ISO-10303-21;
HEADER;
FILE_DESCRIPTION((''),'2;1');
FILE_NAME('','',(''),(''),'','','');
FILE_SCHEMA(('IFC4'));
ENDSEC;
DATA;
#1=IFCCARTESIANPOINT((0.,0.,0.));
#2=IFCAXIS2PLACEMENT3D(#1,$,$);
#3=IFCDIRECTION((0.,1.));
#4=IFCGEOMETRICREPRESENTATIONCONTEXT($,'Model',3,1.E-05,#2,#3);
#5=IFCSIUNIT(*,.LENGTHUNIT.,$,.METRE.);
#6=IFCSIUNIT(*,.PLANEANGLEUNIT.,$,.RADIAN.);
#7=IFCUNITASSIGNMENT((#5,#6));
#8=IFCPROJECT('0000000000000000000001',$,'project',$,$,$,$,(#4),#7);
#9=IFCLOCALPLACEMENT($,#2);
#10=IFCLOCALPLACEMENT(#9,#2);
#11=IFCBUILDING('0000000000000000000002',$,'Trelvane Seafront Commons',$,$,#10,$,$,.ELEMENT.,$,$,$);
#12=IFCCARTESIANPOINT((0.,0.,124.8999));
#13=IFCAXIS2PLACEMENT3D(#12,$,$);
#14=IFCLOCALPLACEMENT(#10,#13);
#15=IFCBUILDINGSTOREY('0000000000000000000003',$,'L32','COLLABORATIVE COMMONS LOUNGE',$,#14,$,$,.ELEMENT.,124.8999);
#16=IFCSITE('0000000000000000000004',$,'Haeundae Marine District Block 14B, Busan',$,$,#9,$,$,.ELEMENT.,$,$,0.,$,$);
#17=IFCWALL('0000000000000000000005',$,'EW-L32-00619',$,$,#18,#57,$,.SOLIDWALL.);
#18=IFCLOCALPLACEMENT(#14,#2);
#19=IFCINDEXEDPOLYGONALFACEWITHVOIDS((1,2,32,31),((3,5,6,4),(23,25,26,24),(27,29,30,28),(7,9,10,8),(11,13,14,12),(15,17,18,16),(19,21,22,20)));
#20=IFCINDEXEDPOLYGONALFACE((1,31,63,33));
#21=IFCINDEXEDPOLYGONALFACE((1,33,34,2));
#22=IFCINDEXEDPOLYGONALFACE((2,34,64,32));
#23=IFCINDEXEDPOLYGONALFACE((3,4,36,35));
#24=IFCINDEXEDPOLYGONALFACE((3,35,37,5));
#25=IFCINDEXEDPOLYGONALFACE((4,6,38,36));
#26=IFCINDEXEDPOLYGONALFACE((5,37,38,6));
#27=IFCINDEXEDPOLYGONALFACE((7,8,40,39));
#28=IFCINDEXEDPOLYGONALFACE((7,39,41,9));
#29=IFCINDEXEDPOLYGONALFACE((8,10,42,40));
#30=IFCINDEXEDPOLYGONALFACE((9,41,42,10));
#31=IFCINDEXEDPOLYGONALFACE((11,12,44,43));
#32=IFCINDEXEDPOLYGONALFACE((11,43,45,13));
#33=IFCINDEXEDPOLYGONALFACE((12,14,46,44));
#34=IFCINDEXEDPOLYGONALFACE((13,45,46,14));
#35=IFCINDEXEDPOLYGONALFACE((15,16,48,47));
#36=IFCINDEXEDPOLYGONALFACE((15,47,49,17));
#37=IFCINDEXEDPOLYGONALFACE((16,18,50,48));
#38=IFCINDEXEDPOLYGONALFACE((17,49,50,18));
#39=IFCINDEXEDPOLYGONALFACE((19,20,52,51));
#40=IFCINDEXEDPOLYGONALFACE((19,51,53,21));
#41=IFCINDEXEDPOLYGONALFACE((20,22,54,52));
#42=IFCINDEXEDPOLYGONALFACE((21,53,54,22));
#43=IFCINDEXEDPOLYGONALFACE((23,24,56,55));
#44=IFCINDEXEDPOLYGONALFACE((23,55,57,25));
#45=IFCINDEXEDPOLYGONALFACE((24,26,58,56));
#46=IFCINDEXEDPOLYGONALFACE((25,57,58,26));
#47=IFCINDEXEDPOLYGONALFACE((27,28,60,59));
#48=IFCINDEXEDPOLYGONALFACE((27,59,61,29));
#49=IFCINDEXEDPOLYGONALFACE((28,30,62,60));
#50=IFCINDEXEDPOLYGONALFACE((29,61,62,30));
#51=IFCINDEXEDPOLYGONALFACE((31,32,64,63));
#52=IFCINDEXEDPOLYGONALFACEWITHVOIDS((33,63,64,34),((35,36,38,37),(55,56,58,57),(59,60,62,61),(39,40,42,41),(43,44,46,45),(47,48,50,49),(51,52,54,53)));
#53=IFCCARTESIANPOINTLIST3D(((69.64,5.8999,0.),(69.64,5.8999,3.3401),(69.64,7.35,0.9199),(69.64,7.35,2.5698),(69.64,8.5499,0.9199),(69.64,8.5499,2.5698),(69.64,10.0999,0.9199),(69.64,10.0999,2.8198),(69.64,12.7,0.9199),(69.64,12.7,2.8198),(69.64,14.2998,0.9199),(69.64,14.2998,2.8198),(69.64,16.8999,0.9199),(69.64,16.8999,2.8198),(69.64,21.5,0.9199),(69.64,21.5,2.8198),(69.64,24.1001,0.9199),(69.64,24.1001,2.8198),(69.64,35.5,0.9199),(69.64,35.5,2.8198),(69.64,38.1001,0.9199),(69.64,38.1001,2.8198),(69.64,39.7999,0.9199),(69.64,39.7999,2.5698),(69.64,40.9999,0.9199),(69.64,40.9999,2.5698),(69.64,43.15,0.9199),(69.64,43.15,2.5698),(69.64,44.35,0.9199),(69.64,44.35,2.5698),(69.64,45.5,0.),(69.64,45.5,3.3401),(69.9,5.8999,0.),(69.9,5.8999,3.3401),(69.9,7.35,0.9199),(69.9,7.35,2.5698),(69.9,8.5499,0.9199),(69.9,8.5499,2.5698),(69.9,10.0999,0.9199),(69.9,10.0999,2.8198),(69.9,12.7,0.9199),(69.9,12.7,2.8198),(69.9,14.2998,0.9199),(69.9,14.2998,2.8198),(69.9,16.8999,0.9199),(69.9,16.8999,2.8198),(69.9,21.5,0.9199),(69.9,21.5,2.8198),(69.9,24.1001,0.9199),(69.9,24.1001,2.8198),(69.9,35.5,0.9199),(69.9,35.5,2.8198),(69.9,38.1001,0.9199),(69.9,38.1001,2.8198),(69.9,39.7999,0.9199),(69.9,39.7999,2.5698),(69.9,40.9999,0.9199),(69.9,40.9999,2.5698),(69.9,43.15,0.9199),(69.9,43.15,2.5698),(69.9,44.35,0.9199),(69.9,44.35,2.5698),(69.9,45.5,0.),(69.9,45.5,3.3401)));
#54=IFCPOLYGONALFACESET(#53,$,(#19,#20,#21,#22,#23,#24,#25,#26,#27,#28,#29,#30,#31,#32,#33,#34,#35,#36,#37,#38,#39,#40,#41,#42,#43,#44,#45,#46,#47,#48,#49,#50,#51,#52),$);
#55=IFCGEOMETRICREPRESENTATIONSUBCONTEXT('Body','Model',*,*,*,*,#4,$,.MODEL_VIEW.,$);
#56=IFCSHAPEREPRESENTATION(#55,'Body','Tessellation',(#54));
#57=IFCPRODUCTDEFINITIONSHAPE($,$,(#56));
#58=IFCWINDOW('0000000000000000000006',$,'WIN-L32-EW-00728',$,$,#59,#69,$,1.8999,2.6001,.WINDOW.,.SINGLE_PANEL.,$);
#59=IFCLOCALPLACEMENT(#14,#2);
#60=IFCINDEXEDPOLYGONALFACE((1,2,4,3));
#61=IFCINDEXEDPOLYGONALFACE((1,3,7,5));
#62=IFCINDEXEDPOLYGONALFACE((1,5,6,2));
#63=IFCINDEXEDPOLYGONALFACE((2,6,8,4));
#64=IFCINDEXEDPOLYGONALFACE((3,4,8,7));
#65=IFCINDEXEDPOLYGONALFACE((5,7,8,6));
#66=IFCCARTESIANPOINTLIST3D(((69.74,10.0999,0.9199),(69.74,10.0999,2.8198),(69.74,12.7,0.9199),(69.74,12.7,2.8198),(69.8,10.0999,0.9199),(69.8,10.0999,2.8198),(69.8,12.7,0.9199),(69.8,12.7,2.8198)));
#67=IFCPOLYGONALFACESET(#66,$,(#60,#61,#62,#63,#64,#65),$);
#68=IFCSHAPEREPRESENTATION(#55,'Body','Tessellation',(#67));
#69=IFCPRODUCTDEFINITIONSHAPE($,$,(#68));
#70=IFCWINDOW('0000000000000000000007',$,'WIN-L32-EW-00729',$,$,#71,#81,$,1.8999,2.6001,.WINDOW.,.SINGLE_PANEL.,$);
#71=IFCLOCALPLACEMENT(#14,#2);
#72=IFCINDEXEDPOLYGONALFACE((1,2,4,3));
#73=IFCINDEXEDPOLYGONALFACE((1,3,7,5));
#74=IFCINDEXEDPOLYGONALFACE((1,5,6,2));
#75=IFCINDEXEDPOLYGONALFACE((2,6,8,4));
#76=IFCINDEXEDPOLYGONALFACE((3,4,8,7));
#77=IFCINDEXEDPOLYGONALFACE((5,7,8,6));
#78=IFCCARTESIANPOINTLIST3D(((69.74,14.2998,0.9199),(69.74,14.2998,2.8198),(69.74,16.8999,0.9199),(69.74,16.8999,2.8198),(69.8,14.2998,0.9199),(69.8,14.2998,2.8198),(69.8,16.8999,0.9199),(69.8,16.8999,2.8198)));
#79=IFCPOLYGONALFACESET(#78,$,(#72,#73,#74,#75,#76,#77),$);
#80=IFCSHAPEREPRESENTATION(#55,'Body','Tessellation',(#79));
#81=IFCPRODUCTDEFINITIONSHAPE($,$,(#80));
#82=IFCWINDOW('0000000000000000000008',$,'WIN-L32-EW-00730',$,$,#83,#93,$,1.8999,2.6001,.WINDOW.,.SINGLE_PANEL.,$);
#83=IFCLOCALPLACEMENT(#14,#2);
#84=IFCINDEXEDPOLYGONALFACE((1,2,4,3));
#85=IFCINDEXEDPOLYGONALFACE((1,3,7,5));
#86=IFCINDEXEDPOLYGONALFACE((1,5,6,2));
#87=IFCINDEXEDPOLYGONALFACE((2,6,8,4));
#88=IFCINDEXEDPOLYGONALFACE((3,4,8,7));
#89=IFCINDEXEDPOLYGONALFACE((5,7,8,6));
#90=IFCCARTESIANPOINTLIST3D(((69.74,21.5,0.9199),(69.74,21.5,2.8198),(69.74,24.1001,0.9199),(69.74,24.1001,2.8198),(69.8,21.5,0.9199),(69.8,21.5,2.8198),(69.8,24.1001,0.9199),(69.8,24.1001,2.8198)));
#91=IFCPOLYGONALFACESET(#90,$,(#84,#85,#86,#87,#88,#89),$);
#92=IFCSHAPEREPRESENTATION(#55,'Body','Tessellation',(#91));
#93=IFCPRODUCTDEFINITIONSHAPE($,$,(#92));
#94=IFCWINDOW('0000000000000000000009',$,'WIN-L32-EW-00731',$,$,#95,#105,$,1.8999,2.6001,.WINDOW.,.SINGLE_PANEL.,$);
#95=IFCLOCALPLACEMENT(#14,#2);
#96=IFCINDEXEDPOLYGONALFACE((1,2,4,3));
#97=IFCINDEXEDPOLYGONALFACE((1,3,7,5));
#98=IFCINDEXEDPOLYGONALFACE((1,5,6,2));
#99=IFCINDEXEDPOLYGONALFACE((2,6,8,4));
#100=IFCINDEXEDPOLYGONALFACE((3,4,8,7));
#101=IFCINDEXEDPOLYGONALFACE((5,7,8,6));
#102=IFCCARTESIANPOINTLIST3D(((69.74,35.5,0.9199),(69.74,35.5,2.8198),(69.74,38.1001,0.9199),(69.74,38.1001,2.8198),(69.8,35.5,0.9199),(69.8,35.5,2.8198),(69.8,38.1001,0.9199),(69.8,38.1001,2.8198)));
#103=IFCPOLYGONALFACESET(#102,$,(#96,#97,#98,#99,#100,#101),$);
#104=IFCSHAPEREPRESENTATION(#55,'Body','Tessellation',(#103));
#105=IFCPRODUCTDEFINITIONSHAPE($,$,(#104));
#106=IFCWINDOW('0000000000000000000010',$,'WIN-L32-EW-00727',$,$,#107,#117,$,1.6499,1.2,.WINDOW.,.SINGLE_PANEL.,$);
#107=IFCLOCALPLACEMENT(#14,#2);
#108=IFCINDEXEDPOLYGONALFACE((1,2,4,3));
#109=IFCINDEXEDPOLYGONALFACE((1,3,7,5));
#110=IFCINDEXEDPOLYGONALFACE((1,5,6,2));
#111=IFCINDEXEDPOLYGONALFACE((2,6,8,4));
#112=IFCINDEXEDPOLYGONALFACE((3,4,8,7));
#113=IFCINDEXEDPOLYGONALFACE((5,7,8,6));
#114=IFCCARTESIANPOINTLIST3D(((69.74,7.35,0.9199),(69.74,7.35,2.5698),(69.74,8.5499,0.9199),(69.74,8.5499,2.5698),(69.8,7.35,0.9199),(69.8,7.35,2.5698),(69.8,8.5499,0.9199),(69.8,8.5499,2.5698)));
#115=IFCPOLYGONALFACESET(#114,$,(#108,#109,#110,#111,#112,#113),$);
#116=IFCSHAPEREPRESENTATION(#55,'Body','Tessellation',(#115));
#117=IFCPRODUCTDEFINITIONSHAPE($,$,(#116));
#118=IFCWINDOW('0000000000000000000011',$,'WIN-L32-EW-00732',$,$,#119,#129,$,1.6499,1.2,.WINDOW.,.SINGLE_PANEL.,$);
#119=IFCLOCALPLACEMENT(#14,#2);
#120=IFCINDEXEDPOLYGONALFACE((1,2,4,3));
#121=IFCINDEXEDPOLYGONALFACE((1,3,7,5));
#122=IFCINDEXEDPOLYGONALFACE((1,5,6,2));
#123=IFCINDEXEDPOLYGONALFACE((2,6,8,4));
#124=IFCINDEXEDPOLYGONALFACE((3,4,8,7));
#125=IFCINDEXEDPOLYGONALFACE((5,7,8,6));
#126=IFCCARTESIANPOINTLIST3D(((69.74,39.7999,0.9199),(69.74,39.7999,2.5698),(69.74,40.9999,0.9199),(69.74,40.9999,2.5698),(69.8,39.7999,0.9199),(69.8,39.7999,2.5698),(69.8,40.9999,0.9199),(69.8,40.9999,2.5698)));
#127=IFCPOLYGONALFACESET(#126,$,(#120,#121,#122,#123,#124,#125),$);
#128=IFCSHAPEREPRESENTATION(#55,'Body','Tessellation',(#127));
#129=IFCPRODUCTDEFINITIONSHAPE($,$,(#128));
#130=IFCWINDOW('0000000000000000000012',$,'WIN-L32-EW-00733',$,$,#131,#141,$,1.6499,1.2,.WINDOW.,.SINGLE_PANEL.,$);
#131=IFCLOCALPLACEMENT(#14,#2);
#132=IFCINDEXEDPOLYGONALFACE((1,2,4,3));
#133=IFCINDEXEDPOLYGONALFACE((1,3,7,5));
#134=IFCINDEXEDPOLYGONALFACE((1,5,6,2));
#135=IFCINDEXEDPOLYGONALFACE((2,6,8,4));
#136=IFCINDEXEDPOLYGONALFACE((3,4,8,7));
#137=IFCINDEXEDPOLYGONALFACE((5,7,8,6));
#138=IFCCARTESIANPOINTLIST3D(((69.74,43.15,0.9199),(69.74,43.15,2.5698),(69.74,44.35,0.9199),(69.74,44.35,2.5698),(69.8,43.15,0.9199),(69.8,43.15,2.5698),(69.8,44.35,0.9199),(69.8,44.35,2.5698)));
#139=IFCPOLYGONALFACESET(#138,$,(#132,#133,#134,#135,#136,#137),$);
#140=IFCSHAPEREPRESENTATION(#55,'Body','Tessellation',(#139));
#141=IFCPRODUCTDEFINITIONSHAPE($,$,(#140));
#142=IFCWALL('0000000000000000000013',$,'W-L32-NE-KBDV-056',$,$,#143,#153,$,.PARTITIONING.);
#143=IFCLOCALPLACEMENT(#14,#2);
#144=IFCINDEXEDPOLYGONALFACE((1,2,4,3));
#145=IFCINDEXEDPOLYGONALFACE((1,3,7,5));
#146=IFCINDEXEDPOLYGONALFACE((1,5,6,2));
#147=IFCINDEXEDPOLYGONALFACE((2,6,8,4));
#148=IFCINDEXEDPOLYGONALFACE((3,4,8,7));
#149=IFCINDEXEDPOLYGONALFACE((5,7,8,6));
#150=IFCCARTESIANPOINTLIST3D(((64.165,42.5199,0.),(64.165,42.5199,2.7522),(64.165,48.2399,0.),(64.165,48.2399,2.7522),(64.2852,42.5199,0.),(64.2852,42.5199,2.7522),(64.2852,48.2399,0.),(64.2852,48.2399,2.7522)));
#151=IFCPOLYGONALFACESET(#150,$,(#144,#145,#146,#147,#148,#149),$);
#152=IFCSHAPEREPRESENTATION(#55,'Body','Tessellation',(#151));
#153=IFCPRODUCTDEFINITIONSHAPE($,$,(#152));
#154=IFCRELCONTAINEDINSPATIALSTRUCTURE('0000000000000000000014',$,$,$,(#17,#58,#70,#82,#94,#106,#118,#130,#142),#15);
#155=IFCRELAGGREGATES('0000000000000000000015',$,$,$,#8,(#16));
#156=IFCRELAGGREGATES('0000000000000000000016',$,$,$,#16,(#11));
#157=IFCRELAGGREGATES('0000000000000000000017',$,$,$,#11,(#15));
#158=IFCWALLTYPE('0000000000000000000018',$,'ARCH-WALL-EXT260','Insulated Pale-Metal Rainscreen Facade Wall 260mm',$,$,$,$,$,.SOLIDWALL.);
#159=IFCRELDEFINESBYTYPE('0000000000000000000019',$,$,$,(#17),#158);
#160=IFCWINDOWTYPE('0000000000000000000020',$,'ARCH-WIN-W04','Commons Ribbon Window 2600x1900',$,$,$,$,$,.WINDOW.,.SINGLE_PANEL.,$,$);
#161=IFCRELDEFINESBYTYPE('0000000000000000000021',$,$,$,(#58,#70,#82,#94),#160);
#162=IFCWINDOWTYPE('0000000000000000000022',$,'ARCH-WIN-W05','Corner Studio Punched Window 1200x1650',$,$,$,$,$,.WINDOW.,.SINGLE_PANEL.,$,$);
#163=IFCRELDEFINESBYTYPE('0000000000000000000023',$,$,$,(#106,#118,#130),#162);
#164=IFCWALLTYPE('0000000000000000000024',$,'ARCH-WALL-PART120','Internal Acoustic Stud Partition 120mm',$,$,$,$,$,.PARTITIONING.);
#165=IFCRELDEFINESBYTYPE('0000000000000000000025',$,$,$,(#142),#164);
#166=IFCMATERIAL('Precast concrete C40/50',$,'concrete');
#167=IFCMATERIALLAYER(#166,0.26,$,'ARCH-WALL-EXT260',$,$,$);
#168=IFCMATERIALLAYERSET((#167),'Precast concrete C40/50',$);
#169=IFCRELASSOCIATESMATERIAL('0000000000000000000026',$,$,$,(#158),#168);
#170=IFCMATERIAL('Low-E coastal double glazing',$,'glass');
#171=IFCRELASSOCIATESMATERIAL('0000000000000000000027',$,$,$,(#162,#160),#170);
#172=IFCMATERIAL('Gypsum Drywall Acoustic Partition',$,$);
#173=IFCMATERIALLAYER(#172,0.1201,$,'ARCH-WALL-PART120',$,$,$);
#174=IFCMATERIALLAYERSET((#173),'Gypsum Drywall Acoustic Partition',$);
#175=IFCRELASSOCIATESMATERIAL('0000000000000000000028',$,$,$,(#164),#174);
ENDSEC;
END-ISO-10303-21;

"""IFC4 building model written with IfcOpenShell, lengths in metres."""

from ifc_helpers import new_model, si_unit, direction, frame, frame_2d, origin, place, context, subcontext, project, spatial, rectangle, extrude, source, transform, mapped, material, layer, layer_set, type_object, element, fill, save


model = new_model("IFC4")

# Units and contexts
model_context = context("Model", 3, precision=1e-05, world=origin(), true_north=direction((0.0, 1.0)))
body_context = subcontext(model_context, "Body", "Model", "MODEL_VIEW")
ifc_project = project(units=[si_unit("LENGTHUNIT", "METRE"), si_unit("PLANEANGLEUNIT", "RADIAN")], contexts=[model_context])

# Site, building, storey
site_placement = place(None, origin())
site = spatial("IfcSite", under=ifc_project, at=site_placement, Name="Haeundae Marine District Block 14B, Busan", CompositionType="ELEMENT", RefElevation=0.0)
building_placement = place(site_placement, origin())
building = spatial("IfcBuilding", under=site, at=building_placement, Name="Trelvane Seafront Commons", CompositionType="ELEMENT")
storey_placement = place(building_placement, frame((0.0, 0.0, 124.8999)))
storey = spatial("IfcBuildingStorey", under=building, at=storey_placement, Name="L32", Description="COLLABORATIVE COMMONS LOUNGE", CompositionType="ELEMENT", Elevation=124.8999)

# Shared definitions
ifc_material_1 = material(Name="Precast concrete C40/50", Category="concrete")
ifc_layer_1 = layer(ifc_material_1, 0.26, Name="ARCH-WALL-EXT260")
ifc_layer_set_1 = layer_set([ifc_layer_1], Name="Precast concrete C40/50")
wall_type_1 = type_object("IfcWallType", Name="ARCH-WALL-EXT260", Description="Insulated Pale-Metal Rainscreen Facade Wall 260mm", PredefinedType="SOLIDWALL", material=ifc_layer_set_1)
ifc_material_2 = material(Name="Low-E coastal double glazing", Category="glass")
window_type_1 = type_object("IfcWindowType", Name="ARCH-WIN-W05", Description="Corner Studio Punched Window 1200x1650", PartitioningType="SINGLE_PANEL", PredefinedType="WINDOW", material=ifc_material_2)
shared_shape_1 = source(origin(), body_context, "Body", "SweptSolid", [
    extrude(rectangle(XDim=1.2, YDim=1.6499, at=frame_2d((0.6001, 0.825))), frame((0.0, 0.03, 0.0), z_axis=(0.0, -1.0, 0.0), x_axis=(1.0, 0.0, 0.0)), (0.0, 0.0, 1.0), 0.0601),
])

# Wall, openings, windows
wall_1_placement = place(storey_placement, frame((69.77, 45.5, 0.0), z_axis=(0.0, 0.0, 1.0), x_axis=(0.0, -1.0, 0.0)))
wall_1 = element("IfcWall", 1, at=wall_1_placement, inside=storey, type_object=wall_type_1, Name="EW-L32-00619", PredefinedType="SOLIDWALL", context=body_context, shape_type="SweptSolid", body=[
    extrude(rectangle(XDim=39.6001, YDim=0.26, at=frame_2d((19.8, 0.0))), origin(), (0.0, 0.0, 1.0), 3.3401),
])
opening_1_placement = place(wall_1_placement, frame((36.95, 0.0, 0.9199)))
opening_1 = element("IfcOpeningElement", 2, at=opening_1_placement, cuts=wall_1, PredefinedType="OPENING", context=body_context, shape_type="SweptSolid", body=[
    extrude(rectangle(XDim=1.2, YDim=1.6499, at=frame_2d((0.6001, 0.825))), frame((0.0, 0.1399, 0.0), z_axis=(0.0, -1.0, 0.0), x_axis=(1.0, 0.0, 0.0)), (0.0, 0.0, 1.0), 0.28),
])
opening_2_placement = place(wall_1_placement, frame((32.8, 0.0, 0.9199)))
opening_2 = element("IfcOpeningElement", 3, at=opening_2_placement, cuts=wall_1, PredefinedType="OPENING", context=body_context, shape_type="SweptSolid", body=[
    extrude(rectangle(XDim=2.6001, YDim=1.8999, at=frame_2d((1.3, 0.95))), frame((0.0, 0.1399, 0.0), z_axis=(0.0, -1.0, 0.0), x_axis=(1.0, 0.0, 0.0)), (0.0, 0.0, 1.0), 0.28),
])
opening_3_placement = place(wall_1_placement, frame((28.6001, 0.0, 0.9199)))
opening_3 = element("IfcOpeningElement", 4, at=opening_3_placement, cuts=wall_1, PredefinedType="OPENING", context=body_context, shape_type="SweptSolid", body=[
    extrude(rectangle(XDim=2.6001, YDim=1.8999, at=frame_2d((1.3, 0.95))), frame((0.0, 0.1399, 0.0), z_axis=(0.0, -1.0, 0.0), x_axis=(1.0, 0.0, 0.0)), (0.0, 0.0, 1.0), 0.28),
])
opening_4_placement = place(wall_1_placement, frame((21.3999, 0.0, 0.9199)))
opening_4 = element("IfcOpeningElement", 5, at=opening_4_placement, cuts=wall_1, PredefinedType="OPENING", context=body_context, shape_type="SweptSolid", body=[
    extrude(rectangle(XDim=2.6001, YDim=1.8999, at=frame_2d((1.3, 0.95))), frame((0.0, 0.1399, 0.0), z_axis=(0.0, -1.0, 0.0), x_axis=(1.0, 0.0, 0.0)), (0.0, 0.0, 1.0), 0.28),
])
opening_5_placement = place(wall_1_placement, frame((7.3999, 0.0, 0.9199)))
opening_5 = element("IfcOpeningElement", 6, at=opening_5_placement, cuts=wall_1, PredefinedType="OPENING", context=body_context, shape_type="SweptSolid", body=[
    extrude(rectangle(XDim=2.6001, YDim=1.8999, at=frame_2d((1.3, 0.95))), frame((0.0, 0.1399, 0.0), z_axis=(0.0, -1.0, 0.0), x_axis=(1.0, 0.0, 0.0)), (0.0, 0.0, 1.0), 0.28),
])
opening_6_placement = place(wall_1_placement, frame((4.5, 0.0, 0.9199)))
opening_6 = element("IfcOpeningElement", 7, at=opening_6_placement, cuts=wall_1, PredefinedType="OPENING", context=body_context, shape_type="SweptSolid", body=[
    extrude(rectangle(XDim=1.2, YDim=1.6499, at=frame_2d((0.6001, 0.825))), frame((0.0, 0.1399, 0.0), z_axis=(0.0, -1.0, 0.0), x_axis=(1.0, 0.0, 0.0)), (0.0, 0.0, 1.0), 0.28),
])
opening_7_placement = place(wall_1_placement, frame((1.1499, 0.0, 0.9199)))
opening_7 = element("IfcOpeningElement", 8, at=opening_7_placement, cuts=wall_1, PredefinedType="OPENING", context=body_context, shape_type="SweptSolid", body=[
    extrude(rectangle(XDim=1.2, YDim=1.6499, at=frame_2d((0.6001, 0.825))), frame((0.0, 0.1399, 0.0), z_axis=(0.0, -1.0, 0.0), x_axis=(1.0, 0.0, 0.0)), (0.0, 0.0, 1.0), 0.28),
])
window_type_2 = type_object("IfcWindowType", Name="ARCH-WIN-W04", Description="Commons Ribbon Window 2600x1900", PartitioningType="SINGLE_PANEL", PredefinedType="WINDOW", material=ifc_material_2)
shared_shape_2 = source(origin(), body_context, "Body", "SweptSolid", [
    extrude(rectangle(XDim=2.6001, YDim=1.8999, at=frame_2d((1.3, 0.95))), frame((0.0, 0.03, 0.0), z_axis=(0.0, -1.0, 0.0), x_axis=(1.0, 0.0, 0.0)), (0.0, 0.0, 1.0), 0.0601),
])
window_1_placement = place(opening_2_placement, origin())
window_1 = element("IfcWindow", 9, at=window_1_placement, inside=storey, type_object=window_type_2, Name="WIN-L32-EW-00728", OverallHeight=1.8999, OverallWidth=2.6001, PartitioningType="SINGLE_PANEL", PredefinedType="WINDOW", context=body_context, shape_type="MappedRepresentation", body=[
    mapped(shared_shape_2, transform((0.0, 0.0, 0.0), x_axis=(1.0, 0.0, 0.0), y_axis=(0.0, 1.0, 0.0), z_axis=(0.0, 0.0, 1.0), scale=1.0)),
])
fill(opening_2, window_1)
window_2_placement = place(opening_3_placement, origin())
window_2 = element("IfcWindow", 10, at=window_2_placement, inside=storey, type_object=window_type_2, Name="WIN-L32-EW-00729", OverallHeight=1.8999, OverallWidth=2.6001, PartitioningType="SINGLE_PANEL", PredefinedType="WINDOW", context=body_context, shape_type="MappedRepresentation", body=[
    mapped(shared_shape_2, transform((0.0, 0.0, 0.0), x_axis=(1.0, 0.0, 0.0), y_axis=(0.0, 1.0, 0.0), z_axis=(0.0, 0.0, 1.0), scale=1.0)),
])
fill(opening_3, window_2)
window_3_placement = place(opening_4_placement, origin())
window_3 = element("IfcWindow", 11, at=window_3_placement, inside=storey, type_object=window_type_2, Name="WIN-L32-EW-00730", OverallHeight=1.8999, OverallWidth=2.6001, PartitioningType="SINGLE_PANEL", PredefinedType="WINDOW", context=body_context, shape_type="MappedRepresentation", body=[
    mapped(shared_shape_2, transform((0.0, 0.0, 0.0), x_axis=(1.0, 0.0, 0.0), y_axis=(0.0, 1.0, 0.0), z_axis=(0.0, 0.0, 1.0), scale=1.0)),
])
fill(opening_4, window_3)
window_4_placement = place(opening_5_placement, origin())
window_4 = element("IfcWindow", 12, at=window_4_placement, inside=storey, type_object=window_type_2, Name="WIN-L32-EW-00731", OverallHeight=1.8999, OverallWidth=2.6001, PartitioningType="SINGLE_PANEL", PredefinedType="WINDOW", context=body_context, shape_type="MappedRepresentation", body=[
    mapped(shared_shape_2, transform((0.0, 0.0, 0.0), x_axis=(1.0, 0.0, 0.0), y_axis=(0.0, 1.0, 0.0), z_axis=(0.0, 0.0, 1.0), scale=1.0)),
])
fill(opening_5, window_4)
window_5_placement = place(opening_1_placement, origin())
window_5 = element("IfcWindow", 13, at=window_5_placement, inside=storey, type_object=window_type_1, Name="WIN-L32-EW-00727", OverallHeight=1.6499, OverallWidth=1.2, PartitioningType="SINGLE_PANEL", PredefinedType="WINDOW", context=body_context, shape_type="MappedRepresentation", body=[
    mapped(shared_shape_1, transform((0.0, 0.0, 0.0), x_axis=(1.0, 0.0, 0.0), y_axis=(0.0, 1.0, 0.0), z_axis=(0.0, 0.0, 1.0), scale=1.0)),
])
fill(opening_1, window_5)
window_6_placement = place(opening_6_placement, origin())
window_6 = element("IfcWindow", 14, at=window_6_placement, inside=storey, type_object=window_type_1, Name="WIN-L32-EW-00732", OverallHeight=1.6499, OverallWidth=1.2, PartitioningType="SINGLE_PANEL", PredefinedType="WINDOW", context=body_context, shape_type="MappedRepresentation", body=[
    mapped(shared_shape_1, transform((0.0, 0.0, 0.0), x_axis=(1.0, 0.0, 0.0), y_axis=(0.0, 1.0, 0.0), z_axis=(0.0, 0.0, 1.0), scale=1.0)),
])
fill(opening_6, window_6)
window_7_placement = place(opening_7_placement, origin())
window_7 = element("IfcWindow", 15, at=window_7_placement, inside=storey, type_object=window_type_1, Name="WIN-L32-EW-00733", OverallHeight=1.6499, OverallWidth=1.2, PartitioningType="SINGLE_PANEL", PredefinedType="WINDOW", context=body_context, shape_type="MappedRepresentation", body=[
    mapped(shared_shape_1, transform((0.0, 0.0, 0.0), x_axis=(1.0, 0.0, 0.0), y_axis=(0.0, 1.0, 0.0), z_axis=(0.0, 0.0, 1.0), scale=1.0)),
])
fill(opening_7, window_7)

# Wall
ifc_material_3 = material(Name="Gypsum Drywall Acoustic Partition")
ifc_layer_2 = layer(ifc_material_3, 0.1201, Name="ARCH-WALL-PART120")
ifc_layer_set_2 = layer_set([ifc_layer_2], Name="Gypsum Drywall Acoustic Partition")
wall_type_2 = type_object("IfcWallType", Name="ARCH-WALL-PART120", Description="Internal Acoustic Stud Partition 120mm", PredefinedType="PARTITIONING", material=ifc_layer_set_2)
wall_2_placement = place(storey_placement, frame((64.2251, 42.52, 0.0), z_axis=(0.0, 0.0, 1.0), x_axis=(0.0, 1.0, 0.0)))
element("IfcWall", 16, at=wall_2_placement, inside=storey, type_object=wall_type_2, Name="W-L32-NE-KBDV-056", PredefinedType="PARTITIONING", context=body_context, shape_type="SweptSolid", body=[
    extrude(rectangle(XDim=5.72, YDim=0.1201, at=frame_2d((2.8599, 0.0))), origin(), (0.0, 0.0, 1.0), 2.7522),
])

save(model, "model.ifc")
